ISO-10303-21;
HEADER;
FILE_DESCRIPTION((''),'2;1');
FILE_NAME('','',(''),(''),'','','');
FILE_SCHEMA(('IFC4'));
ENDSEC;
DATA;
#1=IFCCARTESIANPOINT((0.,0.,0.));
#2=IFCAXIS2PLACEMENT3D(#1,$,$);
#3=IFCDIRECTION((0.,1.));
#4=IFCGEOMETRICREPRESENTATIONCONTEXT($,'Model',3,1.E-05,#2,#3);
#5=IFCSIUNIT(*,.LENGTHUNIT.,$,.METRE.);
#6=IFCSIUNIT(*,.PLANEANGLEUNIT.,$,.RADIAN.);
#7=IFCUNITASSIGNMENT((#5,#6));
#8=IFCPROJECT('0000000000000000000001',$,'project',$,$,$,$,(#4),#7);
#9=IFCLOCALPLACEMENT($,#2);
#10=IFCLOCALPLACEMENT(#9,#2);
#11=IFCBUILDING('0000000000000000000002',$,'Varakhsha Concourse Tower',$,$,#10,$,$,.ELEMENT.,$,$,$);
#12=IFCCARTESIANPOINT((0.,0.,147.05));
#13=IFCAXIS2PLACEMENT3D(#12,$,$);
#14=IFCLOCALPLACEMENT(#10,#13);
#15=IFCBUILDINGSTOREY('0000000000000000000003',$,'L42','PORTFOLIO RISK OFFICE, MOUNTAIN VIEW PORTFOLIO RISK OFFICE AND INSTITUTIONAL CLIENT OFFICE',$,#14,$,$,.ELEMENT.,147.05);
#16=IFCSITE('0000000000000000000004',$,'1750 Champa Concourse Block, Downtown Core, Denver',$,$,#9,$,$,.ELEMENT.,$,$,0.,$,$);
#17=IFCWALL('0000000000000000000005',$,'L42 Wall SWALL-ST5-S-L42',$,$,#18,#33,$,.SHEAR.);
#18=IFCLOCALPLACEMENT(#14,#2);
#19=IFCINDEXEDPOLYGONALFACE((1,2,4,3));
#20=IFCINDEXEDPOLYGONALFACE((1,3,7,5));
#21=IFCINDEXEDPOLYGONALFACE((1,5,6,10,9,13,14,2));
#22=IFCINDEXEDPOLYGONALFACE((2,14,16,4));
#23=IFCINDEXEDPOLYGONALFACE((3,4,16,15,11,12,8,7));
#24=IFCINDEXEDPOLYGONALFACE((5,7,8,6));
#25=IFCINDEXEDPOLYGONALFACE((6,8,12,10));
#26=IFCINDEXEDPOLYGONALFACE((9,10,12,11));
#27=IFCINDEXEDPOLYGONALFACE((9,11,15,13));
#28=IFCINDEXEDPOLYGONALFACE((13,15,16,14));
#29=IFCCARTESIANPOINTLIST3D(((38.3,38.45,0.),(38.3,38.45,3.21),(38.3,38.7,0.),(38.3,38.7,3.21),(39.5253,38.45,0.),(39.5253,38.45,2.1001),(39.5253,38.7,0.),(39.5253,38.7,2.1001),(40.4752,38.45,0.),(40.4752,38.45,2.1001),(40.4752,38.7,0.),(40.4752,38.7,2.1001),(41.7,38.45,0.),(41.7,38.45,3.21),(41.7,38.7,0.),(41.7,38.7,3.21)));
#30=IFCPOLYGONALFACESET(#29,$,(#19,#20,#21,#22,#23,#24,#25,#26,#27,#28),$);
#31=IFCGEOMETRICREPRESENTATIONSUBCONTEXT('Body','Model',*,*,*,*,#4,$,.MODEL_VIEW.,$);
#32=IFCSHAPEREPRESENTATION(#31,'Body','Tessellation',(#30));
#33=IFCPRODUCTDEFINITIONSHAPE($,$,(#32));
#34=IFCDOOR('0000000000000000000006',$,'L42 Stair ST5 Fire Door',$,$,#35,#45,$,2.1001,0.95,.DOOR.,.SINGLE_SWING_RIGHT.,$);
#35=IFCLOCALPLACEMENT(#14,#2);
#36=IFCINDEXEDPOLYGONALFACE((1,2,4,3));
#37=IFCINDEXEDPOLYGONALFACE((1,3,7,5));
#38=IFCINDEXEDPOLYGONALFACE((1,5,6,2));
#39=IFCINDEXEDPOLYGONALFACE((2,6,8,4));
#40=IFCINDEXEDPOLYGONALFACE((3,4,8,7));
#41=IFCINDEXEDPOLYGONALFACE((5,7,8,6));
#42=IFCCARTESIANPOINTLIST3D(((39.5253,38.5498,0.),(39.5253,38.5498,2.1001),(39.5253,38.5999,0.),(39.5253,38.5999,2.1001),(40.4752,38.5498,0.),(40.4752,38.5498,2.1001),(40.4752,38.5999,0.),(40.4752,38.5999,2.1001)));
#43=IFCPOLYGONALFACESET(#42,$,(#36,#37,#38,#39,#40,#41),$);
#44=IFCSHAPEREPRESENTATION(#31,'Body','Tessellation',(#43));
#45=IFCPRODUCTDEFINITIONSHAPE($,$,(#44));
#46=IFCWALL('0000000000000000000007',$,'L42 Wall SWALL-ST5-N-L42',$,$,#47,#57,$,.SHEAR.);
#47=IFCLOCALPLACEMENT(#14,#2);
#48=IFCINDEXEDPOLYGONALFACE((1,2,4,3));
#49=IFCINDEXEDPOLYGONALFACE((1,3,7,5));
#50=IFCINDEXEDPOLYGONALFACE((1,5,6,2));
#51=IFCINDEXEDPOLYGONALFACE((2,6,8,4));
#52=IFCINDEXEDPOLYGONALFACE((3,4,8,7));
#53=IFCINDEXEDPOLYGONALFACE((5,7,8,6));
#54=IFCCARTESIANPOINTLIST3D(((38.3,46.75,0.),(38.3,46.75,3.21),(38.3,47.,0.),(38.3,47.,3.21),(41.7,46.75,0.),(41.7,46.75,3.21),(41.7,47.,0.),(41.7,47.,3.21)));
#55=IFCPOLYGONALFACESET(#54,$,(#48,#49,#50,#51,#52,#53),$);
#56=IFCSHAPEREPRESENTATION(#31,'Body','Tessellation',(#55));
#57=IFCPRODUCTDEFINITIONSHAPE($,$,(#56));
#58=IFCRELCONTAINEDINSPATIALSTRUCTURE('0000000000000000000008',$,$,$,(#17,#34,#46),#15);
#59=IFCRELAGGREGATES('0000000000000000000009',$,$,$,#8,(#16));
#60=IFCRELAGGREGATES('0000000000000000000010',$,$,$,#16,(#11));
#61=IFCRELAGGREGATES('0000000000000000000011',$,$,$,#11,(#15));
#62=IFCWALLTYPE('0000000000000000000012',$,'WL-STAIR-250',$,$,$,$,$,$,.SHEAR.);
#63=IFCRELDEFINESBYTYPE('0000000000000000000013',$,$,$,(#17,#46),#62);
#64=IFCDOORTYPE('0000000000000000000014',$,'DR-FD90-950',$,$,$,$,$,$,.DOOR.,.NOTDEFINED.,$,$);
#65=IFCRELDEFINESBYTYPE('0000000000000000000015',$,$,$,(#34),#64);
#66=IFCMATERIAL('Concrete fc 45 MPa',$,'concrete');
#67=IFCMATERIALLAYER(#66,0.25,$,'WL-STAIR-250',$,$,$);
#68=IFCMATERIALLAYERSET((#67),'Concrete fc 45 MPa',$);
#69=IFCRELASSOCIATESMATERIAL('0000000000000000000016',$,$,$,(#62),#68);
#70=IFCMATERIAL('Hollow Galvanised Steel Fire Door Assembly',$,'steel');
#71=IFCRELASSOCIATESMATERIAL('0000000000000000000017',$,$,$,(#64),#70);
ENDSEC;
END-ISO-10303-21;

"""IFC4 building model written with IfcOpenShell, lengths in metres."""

from ifc_helpers import new_model, si_unit, direction, frame, frame_2d, origin, place, context, subcontext, project, spatial, rectangle, extrude, material, layer, layer_set, type_object, element, fill, save


model = new_model("IFC4")

# Units and contexts
model_context = context("Model", 3, precision=1e-05, world=origin(), true_north=direction((0.0, 1.0)))
body_context = subcontext(model_context, "Body", "Model", "MODEL_VIEW")
ifc_project = project(units=[si_unit("LENGTHUNIT", "METRE"), si_unit("PLANEANGLEUNIT", "RADIAN")], contexts=[model_context])

# Site, building, storey
site_placement = place(None, origin())
site = spatial("IfcSite", under=ifc_project, at=site_placement, Name="1750 Champa Concourse Block, Downtown Core, Denver", CompositionType="ELEMENT", RefElevation=0.0)
building_placement = place(site_placement, origin())
building = spatial("IfcBuilding", under=site, at=building_placement, Name="Varakhsha Concourse Tower", CompositionType="ELEMENT")
storey_placement = place(building_placement, frame((0.0, 0.0, 147.05)))
storey = spatial("IfcBuildingStorey", under=building, at=storey_placement, Name="L42", Description="PORTFOLIO RISK OFFICE, MOUNTAIN VIEW PORTFOLIO RISK OFFICE AND INSTITUTIONAL CLIENT OFFICE", CompositionType="ELEMENT", Elevation=147.05)

# Shared definitions
ifc_material_1 = material(Name="Concrete fc 45 MPa", Category="concrete")
ifc_layer_1 = layer(ifc_material_1, 0.25, Name="WL-STAIR-250")
ifc_layer_set_1 = layer_set([ifc_layer_1], Name="Concrete fc 45 MPa")
wall_type_1 = type_object("IfcWallType", Name="WL-STAIR-250", PredefinedType="SHEAR", material=ifc_layer_set_1)

# Wall, opening, door
wall_1_placement = place(storey_placement, frame((38.3, 38.575, 0.0), z_axis=(0.0, 0.0, 1.0), x_axis=(1.0, 0.0, 0.0)))
wall_1 = element("IfcWall", 1, at=wall_1_placement, inside=storey, type_object=wall_type_1, Name="L42 Wall SWALL-ST5-S-L42", PredefinedType="SHEAR", context=body_context, shape_type="SweptSolid", body=[
    extrude(rectangle(XDim=3.3999, YDim=0.25, at=frame_2d((1.7, 0.0))), origin(), (0.0, 0.0, 1.0), 3.21),
])
opening_placement = place(wall_1_placement, frame((1.2251, 0.0, 0.0)))
opening = element("IfcOpeningElement", 2, at=opening_placement, cuts=wall_1, PredefinedType="OPENING", context=body_context, shape_type="SweptSolid", body=[
    extrude(rectangle(XDim=0.95, YDim=2.1001, at=frame_2d((0.4751, 1.05))), frame((0.0, 0.135, 0.0), z_axis=(0.0, -1.0, 0.0), x_axis=(1.0, 0.0, 0.0)), (0.0, 0.0, 1.0), 0.27),
])
ifc_material_2 = material(Name="Hollow Galvanised Steel Fire Door Assembly", Category="steel")
door_type = type_object("IfcDoorType", Name="DR-FD90-950", OperationType="NOTDEFINED", PredefinedType="DOOR", material=ifc_material_2)
door_placement = place(opening_placement, origin())
door = element("IfcDoor", 3, at=door_placement, inside=storey, type_object=door_type, Name="L42 Stair ST5 Fire Door", OperationType="SINGLE_SWING_RIGHT", OverallHeight=2.1001, OverallWidth=0.95, PredefinedType="DOOR", context=body_context, shape_type="SweptSolid", body=[
    extrude(rectangle(XDim=0.95, YDim=2.1001, at=frame_2d((0.4751, 1.05))), frame((0.0, 0.0249, 0.0), z_axis=(0.0, -1.0, 0.0), x_axis=(1.0, 0.0, 0.0)), (0.0, 0.0, 1.0), 0.05),
])
fill(opening, door)

# Wall
wall_2_placement = place(storey_placement, frame((38.3, 46.875, 0.0), z_axis=(0.0, 0.0, 1.0), x_axis=(1.0, 0.0, 0.0)))
element("IfcWall", 4, at=wall_2_placement, inside=storey, type_object=wall_type_1, Name="L42 Wall SWALL-ST5-N-L42", PredefinedType="SHEAR", context=body_context, shape_type="SweptSolid", body=[
    extrude(rectangle(XDim=3.3999, YDim=0.25, at=frame_2d((1.7, 0.0))), origin(), (0.0, 0.0, 1.0), 3.21),
])

save(model, "model.ifc")
